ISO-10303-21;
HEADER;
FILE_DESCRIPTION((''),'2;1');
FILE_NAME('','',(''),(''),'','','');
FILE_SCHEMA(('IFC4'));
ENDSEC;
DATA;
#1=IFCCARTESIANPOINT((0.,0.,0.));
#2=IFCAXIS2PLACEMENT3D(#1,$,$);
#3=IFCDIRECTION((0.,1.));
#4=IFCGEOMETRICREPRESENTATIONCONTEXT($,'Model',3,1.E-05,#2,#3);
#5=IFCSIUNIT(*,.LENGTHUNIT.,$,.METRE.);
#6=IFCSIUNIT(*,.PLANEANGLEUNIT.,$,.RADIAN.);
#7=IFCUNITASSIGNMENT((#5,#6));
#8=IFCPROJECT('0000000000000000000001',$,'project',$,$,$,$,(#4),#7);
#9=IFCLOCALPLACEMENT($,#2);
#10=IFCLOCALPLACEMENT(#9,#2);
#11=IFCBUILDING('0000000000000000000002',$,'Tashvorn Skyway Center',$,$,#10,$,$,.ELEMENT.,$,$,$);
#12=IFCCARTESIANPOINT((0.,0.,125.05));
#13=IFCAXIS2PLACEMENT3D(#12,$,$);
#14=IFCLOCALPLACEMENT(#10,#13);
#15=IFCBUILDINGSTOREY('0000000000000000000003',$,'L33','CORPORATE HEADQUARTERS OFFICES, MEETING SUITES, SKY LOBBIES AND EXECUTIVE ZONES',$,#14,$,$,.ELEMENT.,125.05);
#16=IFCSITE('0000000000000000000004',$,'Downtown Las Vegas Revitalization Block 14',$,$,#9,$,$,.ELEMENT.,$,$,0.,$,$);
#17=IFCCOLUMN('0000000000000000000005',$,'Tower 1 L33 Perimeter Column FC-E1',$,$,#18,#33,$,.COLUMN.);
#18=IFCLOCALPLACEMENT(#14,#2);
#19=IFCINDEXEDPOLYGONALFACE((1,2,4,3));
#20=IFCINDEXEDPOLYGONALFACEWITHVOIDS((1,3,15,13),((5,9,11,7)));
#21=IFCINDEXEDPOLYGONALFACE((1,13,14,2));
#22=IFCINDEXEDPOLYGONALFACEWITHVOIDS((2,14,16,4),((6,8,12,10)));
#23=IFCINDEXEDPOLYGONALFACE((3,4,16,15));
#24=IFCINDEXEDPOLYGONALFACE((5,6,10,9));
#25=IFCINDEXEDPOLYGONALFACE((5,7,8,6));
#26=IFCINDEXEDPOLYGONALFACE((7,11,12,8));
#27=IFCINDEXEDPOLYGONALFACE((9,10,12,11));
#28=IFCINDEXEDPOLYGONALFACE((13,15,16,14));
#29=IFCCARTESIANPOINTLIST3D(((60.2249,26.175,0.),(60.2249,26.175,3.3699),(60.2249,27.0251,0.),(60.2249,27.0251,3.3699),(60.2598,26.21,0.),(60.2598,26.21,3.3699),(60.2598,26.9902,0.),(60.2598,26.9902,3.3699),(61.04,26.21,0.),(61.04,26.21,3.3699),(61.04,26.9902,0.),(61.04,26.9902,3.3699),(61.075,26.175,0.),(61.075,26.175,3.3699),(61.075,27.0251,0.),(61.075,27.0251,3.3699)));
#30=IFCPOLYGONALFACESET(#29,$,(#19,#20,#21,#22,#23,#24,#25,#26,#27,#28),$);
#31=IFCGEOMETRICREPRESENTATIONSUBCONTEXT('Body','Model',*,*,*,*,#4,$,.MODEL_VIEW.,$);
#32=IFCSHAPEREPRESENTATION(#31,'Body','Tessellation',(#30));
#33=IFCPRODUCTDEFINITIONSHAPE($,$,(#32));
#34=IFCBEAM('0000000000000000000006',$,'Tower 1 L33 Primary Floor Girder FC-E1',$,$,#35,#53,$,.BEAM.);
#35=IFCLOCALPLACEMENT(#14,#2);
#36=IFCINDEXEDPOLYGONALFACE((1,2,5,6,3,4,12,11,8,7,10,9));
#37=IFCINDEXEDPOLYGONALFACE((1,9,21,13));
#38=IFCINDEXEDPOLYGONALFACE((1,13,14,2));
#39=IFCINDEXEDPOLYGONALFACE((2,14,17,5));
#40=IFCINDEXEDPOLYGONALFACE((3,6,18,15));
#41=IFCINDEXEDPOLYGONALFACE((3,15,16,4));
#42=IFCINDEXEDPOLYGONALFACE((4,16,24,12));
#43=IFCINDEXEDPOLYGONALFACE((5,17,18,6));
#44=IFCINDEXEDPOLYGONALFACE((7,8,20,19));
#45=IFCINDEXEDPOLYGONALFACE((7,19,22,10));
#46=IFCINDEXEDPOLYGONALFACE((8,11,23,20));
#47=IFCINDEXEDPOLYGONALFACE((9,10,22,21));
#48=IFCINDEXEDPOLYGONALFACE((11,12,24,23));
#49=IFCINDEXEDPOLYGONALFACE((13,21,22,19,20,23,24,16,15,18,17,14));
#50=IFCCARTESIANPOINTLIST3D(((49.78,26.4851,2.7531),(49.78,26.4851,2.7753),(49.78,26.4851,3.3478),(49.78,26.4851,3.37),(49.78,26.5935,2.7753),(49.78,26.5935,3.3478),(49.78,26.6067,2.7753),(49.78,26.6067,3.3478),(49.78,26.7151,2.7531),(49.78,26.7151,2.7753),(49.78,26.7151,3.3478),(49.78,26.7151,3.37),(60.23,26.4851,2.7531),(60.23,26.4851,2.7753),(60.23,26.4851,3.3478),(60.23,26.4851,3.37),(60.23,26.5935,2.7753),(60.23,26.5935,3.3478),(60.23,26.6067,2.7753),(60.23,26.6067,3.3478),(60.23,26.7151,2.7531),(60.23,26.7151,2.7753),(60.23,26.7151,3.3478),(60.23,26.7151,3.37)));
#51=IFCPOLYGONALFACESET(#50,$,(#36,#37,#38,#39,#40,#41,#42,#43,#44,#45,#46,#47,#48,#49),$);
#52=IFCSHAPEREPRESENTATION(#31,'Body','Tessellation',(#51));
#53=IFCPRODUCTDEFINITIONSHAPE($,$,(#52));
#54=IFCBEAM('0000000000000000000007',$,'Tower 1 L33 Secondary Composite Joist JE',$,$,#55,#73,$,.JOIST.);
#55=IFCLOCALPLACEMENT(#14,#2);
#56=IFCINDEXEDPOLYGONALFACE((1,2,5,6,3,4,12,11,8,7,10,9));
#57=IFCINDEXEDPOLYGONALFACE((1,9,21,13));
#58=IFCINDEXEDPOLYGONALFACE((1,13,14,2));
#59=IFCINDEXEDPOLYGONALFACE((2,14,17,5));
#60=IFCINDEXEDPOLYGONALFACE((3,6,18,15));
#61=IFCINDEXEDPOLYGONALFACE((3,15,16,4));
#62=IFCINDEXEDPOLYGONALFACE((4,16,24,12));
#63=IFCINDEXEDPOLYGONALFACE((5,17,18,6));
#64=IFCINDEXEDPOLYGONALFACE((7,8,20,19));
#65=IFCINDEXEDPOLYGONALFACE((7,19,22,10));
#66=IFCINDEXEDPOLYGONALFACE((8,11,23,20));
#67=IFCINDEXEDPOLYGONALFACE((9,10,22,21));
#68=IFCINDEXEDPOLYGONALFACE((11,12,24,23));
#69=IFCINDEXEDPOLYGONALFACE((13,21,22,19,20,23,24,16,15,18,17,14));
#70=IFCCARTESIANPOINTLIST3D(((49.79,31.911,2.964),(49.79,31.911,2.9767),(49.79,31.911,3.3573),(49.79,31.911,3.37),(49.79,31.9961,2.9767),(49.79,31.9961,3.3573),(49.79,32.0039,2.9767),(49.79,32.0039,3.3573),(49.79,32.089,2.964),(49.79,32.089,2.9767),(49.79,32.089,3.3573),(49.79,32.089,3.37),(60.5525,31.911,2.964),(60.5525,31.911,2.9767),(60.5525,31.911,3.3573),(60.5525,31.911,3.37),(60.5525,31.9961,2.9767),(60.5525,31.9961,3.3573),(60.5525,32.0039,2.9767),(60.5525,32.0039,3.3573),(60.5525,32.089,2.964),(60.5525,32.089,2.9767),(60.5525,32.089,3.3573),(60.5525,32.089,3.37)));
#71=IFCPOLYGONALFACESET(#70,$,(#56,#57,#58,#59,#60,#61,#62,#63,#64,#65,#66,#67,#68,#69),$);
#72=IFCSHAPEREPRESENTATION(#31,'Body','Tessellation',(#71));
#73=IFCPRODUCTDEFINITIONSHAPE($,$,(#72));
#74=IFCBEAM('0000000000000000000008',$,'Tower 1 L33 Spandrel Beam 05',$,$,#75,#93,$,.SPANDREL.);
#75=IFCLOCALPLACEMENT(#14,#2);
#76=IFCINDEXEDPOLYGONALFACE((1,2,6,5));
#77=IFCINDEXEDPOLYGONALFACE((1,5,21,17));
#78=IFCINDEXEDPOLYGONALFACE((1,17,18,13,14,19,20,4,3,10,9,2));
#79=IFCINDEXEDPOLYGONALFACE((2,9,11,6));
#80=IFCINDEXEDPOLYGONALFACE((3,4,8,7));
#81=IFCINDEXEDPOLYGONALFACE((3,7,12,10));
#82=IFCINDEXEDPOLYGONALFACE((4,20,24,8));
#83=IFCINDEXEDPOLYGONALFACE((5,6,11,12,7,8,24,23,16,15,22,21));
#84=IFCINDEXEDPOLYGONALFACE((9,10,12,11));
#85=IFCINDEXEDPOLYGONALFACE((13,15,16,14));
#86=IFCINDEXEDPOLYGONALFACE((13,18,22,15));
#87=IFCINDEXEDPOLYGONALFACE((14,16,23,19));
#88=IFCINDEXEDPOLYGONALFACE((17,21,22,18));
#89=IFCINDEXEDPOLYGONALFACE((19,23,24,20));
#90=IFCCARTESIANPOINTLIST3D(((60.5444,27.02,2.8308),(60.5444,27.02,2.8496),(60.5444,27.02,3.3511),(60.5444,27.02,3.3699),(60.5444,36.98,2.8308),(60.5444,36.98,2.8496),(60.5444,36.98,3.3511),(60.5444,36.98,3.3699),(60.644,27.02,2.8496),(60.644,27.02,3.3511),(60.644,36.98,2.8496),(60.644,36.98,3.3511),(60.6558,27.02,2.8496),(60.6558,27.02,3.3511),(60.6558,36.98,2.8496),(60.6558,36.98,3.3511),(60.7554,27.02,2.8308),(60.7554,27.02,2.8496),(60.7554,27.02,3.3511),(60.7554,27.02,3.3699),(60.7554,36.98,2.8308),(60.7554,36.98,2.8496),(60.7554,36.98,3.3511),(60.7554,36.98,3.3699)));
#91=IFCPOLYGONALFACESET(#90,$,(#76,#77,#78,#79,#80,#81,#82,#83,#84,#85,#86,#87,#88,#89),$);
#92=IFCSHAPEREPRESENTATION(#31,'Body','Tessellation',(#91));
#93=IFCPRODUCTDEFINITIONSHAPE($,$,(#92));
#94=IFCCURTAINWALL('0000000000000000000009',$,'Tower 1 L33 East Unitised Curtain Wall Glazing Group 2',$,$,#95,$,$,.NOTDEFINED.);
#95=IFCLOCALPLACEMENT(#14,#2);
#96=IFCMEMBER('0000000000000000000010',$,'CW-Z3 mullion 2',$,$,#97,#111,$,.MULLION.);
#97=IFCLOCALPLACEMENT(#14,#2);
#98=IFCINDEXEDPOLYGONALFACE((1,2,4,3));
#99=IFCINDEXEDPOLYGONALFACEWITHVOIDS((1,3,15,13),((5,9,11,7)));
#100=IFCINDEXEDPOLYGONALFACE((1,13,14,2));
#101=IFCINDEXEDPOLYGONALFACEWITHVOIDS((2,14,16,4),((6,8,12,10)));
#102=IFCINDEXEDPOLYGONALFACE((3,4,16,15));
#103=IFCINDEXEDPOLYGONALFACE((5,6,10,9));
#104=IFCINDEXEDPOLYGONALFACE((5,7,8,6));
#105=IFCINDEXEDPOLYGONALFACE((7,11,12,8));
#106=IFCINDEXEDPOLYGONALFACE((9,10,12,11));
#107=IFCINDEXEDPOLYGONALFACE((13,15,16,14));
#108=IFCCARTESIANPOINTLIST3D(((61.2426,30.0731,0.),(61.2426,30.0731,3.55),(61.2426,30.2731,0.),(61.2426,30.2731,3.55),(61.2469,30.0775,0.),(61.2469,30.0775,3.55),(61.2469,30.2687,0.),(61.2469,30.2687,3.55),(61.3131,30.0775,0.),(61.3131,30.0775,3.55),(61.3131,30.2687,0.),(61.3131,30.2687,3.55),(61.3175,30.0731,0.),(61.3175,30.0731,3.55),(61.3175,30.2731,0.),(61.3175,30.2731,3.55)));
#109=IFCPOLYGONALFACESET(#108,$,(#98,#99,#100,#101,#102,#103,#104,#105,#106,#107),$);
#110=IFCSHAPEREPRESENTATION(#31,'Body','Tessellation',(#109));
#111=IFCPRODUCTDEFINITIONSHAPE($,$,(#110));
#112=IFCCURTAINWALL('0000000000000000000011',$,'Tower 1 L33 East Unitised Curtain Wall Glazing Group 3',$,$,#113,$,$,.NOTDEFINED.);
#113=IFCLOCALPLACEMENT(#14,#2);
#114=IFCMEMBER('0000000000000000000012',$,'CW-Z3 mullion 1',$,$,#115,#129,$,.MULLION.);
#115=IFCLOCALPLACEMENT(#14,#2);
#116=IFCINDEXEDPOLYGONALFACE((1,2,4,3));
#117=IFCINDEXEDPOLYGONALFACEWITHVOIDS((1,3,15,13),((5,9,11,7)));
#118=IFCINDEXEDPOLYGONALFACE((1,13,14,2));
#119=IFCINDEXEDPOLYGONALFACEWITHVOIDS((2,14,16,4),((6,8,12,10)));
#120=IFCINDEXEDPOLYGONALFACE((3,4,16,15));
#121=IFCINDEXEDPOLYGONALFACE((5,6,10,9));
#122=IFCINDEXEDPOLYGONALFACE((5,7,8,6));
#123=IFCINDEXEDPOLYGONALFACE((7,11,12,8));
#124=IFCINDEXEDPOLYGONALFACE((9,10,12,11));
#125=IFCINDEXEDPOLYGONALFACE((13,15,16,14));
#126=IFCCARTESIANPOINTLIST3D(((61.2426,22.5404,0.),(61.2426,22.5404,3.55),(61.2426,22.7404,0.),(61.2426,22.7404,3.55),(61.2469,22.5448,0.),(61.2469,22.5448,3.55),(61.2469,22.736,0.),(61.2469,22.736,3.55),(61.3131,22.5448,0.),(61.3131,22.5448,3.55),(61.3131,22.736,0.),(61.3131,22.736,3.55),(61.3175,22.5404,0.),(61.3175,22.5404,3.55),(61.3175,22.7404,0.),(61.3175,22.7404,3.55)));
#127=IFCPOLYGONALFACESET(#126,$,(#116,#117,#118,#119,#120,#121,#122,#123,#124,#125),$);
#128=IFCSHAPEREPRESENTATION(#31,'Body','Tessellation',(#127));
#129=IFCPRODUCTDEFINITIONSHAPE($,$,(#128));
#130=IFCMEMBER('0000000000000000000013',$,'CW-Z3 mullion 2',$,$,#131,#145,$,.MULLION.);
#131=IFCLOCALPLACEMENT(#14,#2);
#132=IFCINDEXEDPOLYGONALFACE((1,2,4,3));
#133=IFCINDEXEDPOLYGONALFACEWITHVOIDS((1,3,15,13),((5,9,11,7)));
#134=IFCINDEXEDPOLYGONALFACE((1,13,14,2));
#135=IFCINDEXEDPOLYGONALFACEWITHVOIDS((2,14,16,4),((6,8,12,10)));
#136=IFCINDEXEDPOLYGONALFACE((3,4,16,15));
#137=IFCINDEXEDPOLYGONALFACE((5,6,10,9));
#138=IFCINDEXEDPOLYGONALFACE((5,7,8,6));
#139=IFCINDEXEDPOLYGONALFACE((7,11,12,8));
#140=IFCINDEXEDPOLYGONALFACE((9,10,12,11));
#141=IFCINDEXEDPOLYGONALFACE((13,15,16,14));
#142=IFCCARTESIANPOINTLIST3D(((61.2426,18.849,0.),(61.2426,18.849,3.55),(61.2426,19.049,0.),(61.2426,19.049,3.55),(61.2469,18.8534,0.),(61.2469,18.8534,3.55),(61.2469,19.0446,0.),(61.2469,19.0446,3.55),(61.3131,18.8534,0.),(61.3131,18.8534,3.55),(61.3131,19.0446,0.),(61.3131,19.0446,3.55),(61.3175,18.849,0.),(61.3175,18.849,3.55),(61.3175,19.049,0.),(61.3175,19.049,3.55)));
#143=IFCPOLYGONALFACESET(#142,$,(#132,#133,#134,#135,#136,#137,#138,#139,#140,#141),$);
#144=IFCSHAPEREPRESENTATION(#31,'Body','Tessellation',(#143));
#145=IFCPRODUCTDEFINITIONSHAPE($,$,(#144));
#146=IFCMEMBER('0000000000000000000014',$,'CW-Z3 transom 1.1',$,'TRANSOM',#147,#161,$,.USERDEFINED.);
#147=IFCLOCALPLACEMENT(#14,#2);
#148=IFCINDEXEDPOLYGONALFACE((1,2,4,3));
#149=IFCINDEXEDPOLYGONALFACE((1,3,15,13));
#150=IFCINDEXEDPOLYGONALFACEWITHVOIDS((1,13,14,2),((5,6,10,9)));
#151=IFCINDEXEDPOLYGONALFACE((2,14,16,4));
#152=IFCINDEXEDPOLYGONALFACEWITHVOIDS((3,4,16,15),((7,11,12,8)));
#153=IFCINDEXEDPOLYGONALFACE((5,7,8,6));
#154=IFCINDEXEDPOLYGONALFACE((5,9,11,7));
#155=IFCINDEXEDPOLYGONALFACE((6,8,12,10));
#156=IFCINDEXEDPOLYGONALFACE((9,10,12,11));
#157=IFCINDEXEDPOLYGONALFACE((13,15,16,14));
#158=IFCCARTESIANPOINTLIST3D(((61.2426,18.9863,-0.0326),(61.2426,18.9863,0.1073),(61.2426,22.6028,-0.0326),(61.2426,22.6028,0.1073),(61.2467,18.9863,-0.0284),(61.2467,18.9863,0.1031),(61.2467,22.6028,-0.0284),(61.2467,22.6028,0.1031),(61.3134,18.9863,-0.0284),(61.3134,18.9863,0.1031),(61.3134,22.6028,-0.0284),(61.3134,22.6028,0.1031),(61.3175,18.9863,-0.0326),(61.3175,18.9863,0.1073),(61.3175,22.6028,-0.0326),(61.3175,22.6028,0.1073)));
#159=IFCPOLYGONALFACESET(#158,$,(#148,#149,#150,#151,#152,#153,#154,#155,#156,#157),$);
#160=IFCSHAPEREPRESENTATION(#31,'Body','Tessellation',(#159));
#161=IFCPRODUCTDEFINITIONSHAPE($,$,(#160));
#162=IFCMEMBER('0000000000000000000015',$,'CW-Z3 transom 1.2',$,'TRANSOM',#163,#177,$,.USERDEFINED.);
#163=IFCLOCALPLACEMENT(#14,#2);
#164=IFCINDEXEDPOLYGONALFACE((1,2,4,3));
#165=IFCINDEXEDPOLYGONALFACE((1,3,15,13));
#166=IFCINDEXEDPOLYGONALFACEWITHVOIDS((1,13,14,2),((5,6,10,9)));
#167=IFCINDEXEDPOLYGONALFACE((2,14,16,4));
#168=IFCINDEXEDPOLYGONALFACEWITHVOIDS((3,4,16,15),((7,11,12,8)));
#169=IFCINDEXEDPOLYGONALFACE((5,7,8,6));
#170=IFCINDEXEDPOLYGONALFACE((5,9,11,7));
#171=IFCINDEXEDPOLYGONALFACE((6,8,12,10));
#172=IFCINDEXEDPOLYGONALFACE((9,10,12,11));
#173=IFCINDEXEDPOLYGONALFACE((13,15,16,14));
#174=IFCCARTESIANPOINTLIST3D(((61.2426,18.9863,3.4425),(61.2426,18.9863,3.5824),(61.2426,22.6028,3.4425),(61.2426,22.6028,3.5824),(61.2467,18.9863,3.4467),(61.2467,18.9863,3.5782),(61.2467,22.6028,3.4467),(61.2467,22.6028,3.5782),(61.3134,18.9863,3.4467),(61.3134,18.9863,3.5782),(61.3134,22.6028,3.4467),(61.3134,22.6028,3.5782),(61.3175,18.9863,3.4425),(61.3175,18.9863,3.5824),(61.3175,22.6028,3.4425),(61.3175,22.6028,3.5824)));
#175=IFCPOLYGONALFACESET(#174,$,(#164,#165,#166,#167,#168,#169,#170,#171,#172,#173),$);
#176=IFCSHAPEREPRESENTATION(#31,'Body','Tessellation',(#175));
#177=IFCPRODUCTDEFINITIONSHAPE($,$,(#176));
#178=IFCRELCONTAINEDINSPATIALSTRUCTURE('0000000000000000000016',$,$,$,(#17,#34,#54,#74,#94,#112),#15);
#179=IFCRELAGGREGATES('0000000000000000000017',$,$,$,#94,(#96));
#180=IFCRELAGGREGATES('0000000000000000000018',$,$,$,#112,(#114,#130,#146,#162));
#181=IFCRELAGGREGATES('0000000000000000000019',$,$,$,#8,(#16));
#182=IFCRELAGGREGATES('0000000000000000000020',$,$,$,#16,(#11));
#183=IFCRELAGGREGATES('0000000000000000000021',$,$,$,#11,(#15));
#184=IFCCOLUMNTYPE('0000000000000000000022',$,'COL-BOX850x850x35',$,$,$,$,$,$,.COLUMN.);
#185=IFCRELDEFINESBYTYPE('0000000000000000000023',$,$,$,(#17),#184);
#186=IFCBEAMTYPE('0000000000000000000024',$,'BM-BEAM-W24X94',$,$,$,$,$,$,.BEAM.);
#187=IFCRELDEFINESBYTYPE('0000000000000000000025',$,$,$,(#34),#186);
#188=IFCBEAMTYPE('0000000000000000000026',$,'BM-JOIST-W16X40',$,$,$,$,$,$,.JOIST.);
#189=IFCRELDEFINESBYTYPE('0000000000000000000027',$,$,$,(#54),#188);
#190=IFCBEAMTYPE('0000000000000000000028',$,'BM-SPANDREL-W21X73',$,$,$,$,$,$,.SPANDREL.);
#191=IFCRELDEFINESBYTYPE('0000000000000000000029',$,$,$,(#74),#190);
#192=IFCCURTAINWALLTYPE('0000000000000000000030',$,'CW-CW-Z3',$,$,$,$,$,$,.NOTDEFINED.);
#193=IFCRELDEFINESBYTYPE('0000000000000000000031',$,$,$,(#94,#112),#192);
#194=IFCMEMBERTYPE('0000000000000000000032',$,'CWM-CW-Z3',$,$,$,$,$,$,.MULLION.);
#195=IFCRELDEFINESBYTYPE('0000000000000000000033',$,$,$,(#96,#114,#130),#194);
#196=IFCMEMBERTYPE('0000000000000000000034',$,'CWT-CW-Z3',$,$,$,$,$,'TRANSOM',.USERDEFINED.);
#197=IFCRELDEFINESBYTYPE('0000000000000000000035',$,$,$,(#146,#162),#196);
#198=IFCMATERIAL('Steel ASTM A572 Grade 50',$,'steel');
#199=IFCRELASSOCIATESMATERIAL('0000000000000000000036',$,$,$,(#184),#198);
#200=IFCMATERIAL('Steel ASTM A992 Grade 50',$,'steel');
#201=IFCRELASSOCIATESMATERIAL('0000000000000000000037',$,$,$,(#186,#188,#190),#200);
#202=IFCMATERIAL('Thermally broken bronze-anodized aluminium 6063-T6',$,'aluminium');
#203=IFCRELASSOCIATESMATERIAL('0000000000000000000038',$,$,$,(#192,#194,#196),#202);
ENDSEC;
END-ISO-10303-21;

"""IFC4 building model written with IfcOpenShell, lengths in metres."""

from ifc_helpers import new_model, si_unit, direction, frame, origin, origin_2d, place, context, subcontext, project, spatial, hollow_rectangle, i_section, extrude, material, material_profile, profile_set, type_object, element, aggregate, save


model = new_model("IFC4")

# Units and contexts
model_context = context("Model", 3, precision=1e-05, world=origin(), true_north=direction((0.0, 1.0)))
body_context = subcontext(model_context, "Body", "Model", "MODEL_VIEW")
ifc_project = project(units=[si_unit("LENGTHUNIT", "METRE"), si_unit("PLANEANGLEUNIT", "RADIAN")], contexts=[model_context])

# Site, building, storey
site_placement = place(None, origin())
site = spatial("IfcSite", under=ifc_project, at=site_placement, Name="Downtown Las Vegas Revitalization Block 14", CompositionType="ELEMENT", RefElevation=0.0)
building_placement = place(site_placement, origin())
building = spatial("IfcBuilding", under=site, at=building_placement, Name="Tashvorn Skyway Center", CompositionType="ELEMENT")
storey_placement = place(building_placement, frame((0.0, 0.0, 125.05)))
storey = spatial("IfcBuildingStorey", under=building, at=storey_placement, Name="L33", Description="CORPORATE HEADQUARTERS OFFICES, MEETING SUITES, SKY LOBBIES AND EXECUTIVE ZONES", CompositionType="ELEMENT", Elevation=125.05)

# Column
ifc_material_1 = material(Name="Steel ASTM A572 Grade 50", Category="steel")
ifc_material_profile_1 = material_profile(ifc_material_1, hollow_rectangle(XDim=0.8501, YDim=0.8501, WallThickness=0.0349, at=origin_2d()), Name="BOX850x850x35")
ifc_profile_set_1 = profile_set([ifc_material_profile_1], Name="Steel ASTM A572 Grade 50")
column_type = type_object("IfcColumnType", Name="COL-BOX850x850x35", PredefinedType="COLUMN", material=ifc_profile_set_1)
column_placement = place(storey_placement, frame((60.6499, 26.6001, 0.0), z_axis=(0.0, 0.0, 1.0), x_axis=(1.0, 0.0, 0.0)))
element("IfcColumn", 1, at=column_placement, inside=storey, type_object=column_type, Name="Tower 1 L33 Perimeter Column FC-E1", PredefinedType="COLUMN", context=body_context, shape_type="SweptSolid", body=[
    extrude(hollow_rectangle(XDim=0.8501, YDim=0.8501, WallThickness=0.0349, at=origin_2d()), origin(), (0.0, 0.0, 1.0), 3.3699),
])

# Beams
ifc_material_2 = material(Name="Steel ASTM A992 Grade 50", Category="steel")
ifc_material_profile_2 = material_profile(ifc_material_2, i_section(OverallWidth=0.23, OverallDepth=0.6169, WebThickness=0.0132, FlangeThickness=0.0222, at=origin_2d()), Name="W24X94")
ifc_profile_set_2 = profile_set([ifc_material_profile_2], Name="Steel ASTM A992 Grade 50")
beam_type_1 = type_object("IfcBeamType", Name="BM-BEAM-W24X94", PredefinedType="BEAM", material=ifc_profile_set_2)
beam_1_placement = place(storey_placement, frame((60.23, 26.6001, 3.0615), z_axis=(-1.0, 0.0, 0.0), x_axis=(0.0, -1.0, 0.0)))
element("IfcBeam", 2, at=beam_1_placement, inside=storey, type_object=beam_type_1, Name="Tower 1 L33 Primary Floor Girder FC-E1", PredefinedType="BEAM", context=body_context, shape_type="SweptSolid", body=[
    extrude(i_section(OverallWidth=0.23, OverallDepth=0.6169, WebThickness=0.0132, FlangeThickness=0.0222, at=origin_2d()), origin(), (0.0, 0.0, 1.0), 10.45),
])
ifc_material_profile_3 = material_profile(ifc_material_2, i_section(OverallWidth=0.178, OverallDepth=0.406, WebThickness=0.0078, FlangeThickness=0.0127, at=origin_2d()), Name="W16X40")
ifc_profile_set_3 = profile_set([ifc_material_profile_3], Name="Steel ASTM A992 Grade 50")
beam_type_2 = type_object("IfcBeamType", Name="BM-JOIST-W16X40", PredefinedType="JOIST", material=ifc_profile_set_3)
beam_2_placement = place(storey_placement, frame((49.79, 32.0, 3.167), z_axis=(1.0, 0.0, 0.0), x_axis=(0.0, 1.0, 0.0)))
element("IfcBeam", 3, at=beam_2_placement, inside=storey, type_object=beam_type_2, Name="Tower 1 L33 Secondary Composite Joist JE", PredefinedType="JOIST", context=body_context, shape_type="SweptSolid", body=[
    extrude(i_section(OverallWidth=0.178, OverallDepth=0.406, WebThickness=0.0078, FlangeThickness=0.0127, at=origin_2d()), origin(), (0.0, 0.0, 1.0), 10.7625),
])
ifc_material_profile_4 = material_profile(ifc_material_2, i_section(OverallWidth=0.2109, OverallDepth=0.5391, WebThickness=0.0117, FlangeThickness=0.0188, at=origin_2d()), Name="W21X73")
ifc_profile_set_4 = profile_set([ifc_material_profile_4], Name="Steel ASTM A992 Grade 50")
beam_type_3 = type_object("IfcBeamType", Name="BM-SPANDREL-W21X73", PredefinedType="SPANDREL", material=ifc_profile_set_4)
beam_3_placement = place(storey_placement, frame((60.6499, 27.02, 3.1003), z_axis=(0.0, 1.0, 0.0), x_axis=(-1.0, 0.0, 0.0)))
element("IfcBeam", 4, at=beam_3_placement, inside=storey, type_object=beam_type_3, Name="Tower 1 L33 Spandrel Beam 05", PredefinedType="SPANDREL", context=body_context, shape_type="SweptSolid", body=[
    extrude(i_section(OverallWidth=0.2109, OverallDepth=0.5391, WebThickness=0.0117, FlangeThickness=0.0188, at=origin_2d()), origin(), (0.0, 0.0, 1.0), 9.96),
])

# Curtain wall, member
ifc_material_3 = material(Name="Thermally broken bronze-anodized aluminium 6063-T6", Category="aluminium")
curtain_wall_type = type_object("IfcCurtainWallType", Name="CW-CW-Z3", PredefinedType="NOTDEFINED", material=ifc_material_3)
curtain_wall_1_placement = place(storey_placement, origin())
curtain_wall_1 = element("IfcCurtainWall", 5, at=curtain_wall_1_placement, inside=storey, type_object=curtain_wall_type, Name="Tower 1 L33 East Unitised Curtain Wall Glazing Group 2", PredefinedType="NOTDEFINED")
ifc_material_profile_5 = material_profile(ifc_material_3, hollow_rectangle(XDim=0.075, YDim=0.2, WallThickness=0.0044, at=origin_2d()), Name="ALU-MULL-75x200")
ifc_profile_set_5 = profile_set([ifc_material_profile_5], Name="Thermally broken bronze-anodized aluminium 6063-T6")
member_type_1 = type_object("IfcMemberType", Name="CWM-CW-Z3", PredefinedType="MULLION", material=ifc_profile_set_5)
member_1_placement = place(storey_placement, frame((61.28, 30.1731, 0.0), z_axis=(0.0, 0.0, 1.0), x_axis=(1.0, 0.0, 0.0)))
member_1 = element("IfcMember", 6, at=member_1_placement, type_object=member_type_1, Name="CW-Z3 mullion 2", PredefinedType="MULLION", context=body_context, shape_type="SweptSolid", body=[
    extrude(hollow_rectangle(XDim=0.075, YDim=0.2, WallThickness=0.0044, at=origin_2d()), origin(), (0.0, 0.0, 1.0), 3.55),
])

# Curtain wall, members
curtain_wall_2_placement = place(storey_placement, origin())
curtain_wall_2 = element("IfcCurtainWall", 7, at=curtain_wall_2_placement, inside=storey, type_object=curtain_wall_type, Name="Tower 1 L33 East Unitised Curtain Wall Glazing Group 3", PredefinedType="NOTDEFINED")
member_2_placement = place(storey_placement, frame((61.28, 22.6404, 0.0), z_axis=(0.0, 0.0, 1.0), x_axis=(1.0, 0.0, 0.0)))
member_2 = element("IfcMember", 8, at=member_2_placement, type_object=member_type_1, Name="CW-Z3 mullion 1", PredefinedType="MULLION", context=body_context, shape_type="SweptSolid", body=[
    extrude(hollow_rectangle(XDim=0.075, YDim=0.2, WallThickness=0.0044, at=origin_2d()), origin(), (0.0, 0.0, 1.0), 3.55),
])
member_3_placement = place(storey_placement, frame((61.28, 18.949, 0.0), z_axis=(0.0, 0.0, 1.0), x_axis=(1.0, 0.0, 0.0)))
member_3 = element("IfcMember", 9, at=member_3_placement, type_object=member_type_1, Name="CW-Z3 mullion 2", PredefinedType="MULLION", context=body_context, shape_type="SweptSolid", body=[
    extrude(hollow_rectangle(XDim=0.075, YDim=0.2, WallThickness=0.0044, at=origin_2d()), origin(), (0.0, 0.0, 1.0), 3.55),
])
ifc_material_profile_6 = material_profile(ifc_material_3, hollow_rectangle(XDim=0.075, YDim=0.1399, WallThickness=0.0042, at=origin_2d()), Name="ALU-TRAN-75x140")
ifc_profile_set_6 = profile_set([ifc_material_profile_6], Name="Thermally broken bronze-anodized aluminium 6063-T6")
member_type_2 = type_object("IfcMemberType", Name="CWT-CW-Z3", ElementType="TRANSOM", PredefinedType="USERDEFINED", material=ifc_profile_set_6)
member_4_placement = place(storey_placement, frame((61.28, 22.6028, 0.0374), z_axis=(0.0, -1.0, 0.0), x_axis=(1.0, 0.0, 0.0)))
member_4 = element("IfcMember", 10, at=member_4_placement, type_object=member_type_2, Name="CW-Z3 transom 1.1", ObjectType="TRANSOM", PredefinedType="USERDEFINED", context=body_context, shape_type="SweptSolid", body=[
    extrude(hollow_rectangle(XDim=0.075, YDim=0.1399, WallThickness=0.0042, at=origin_2d()), origin(), (0.0, 0.0, 1.0), 3.6165),
])
member_5_placement = place(storey_placement, frame((61.28, 22.6028, 3.5125), z_axis=(0.0, -1.0, 0.0), x_axis=(1.0, 0.0, 0.0)))
member_5 = element("IfcMember", 11, at=member_5_placement, type_object=member_type_2, Name="CW-Z3 transom 1.2", ObjectType="TRANSOM", PredefinedType="USERDEFINED", context=body_context, shape_type="SweptSolid", body=[
    extrude(hollow_rectangle(XDim=0.075, YDim=0.1399, WallThickness=0.0042, at=origin_2d()), origin(), (0.0, 0.0, 1.0), 3.6165),
])

aggregate(curtain_wall_1, [member_1])
aggregate(curtain_wall_2, [member_2, member_3, member_4, member_5])

save(model, "model.ifc")
